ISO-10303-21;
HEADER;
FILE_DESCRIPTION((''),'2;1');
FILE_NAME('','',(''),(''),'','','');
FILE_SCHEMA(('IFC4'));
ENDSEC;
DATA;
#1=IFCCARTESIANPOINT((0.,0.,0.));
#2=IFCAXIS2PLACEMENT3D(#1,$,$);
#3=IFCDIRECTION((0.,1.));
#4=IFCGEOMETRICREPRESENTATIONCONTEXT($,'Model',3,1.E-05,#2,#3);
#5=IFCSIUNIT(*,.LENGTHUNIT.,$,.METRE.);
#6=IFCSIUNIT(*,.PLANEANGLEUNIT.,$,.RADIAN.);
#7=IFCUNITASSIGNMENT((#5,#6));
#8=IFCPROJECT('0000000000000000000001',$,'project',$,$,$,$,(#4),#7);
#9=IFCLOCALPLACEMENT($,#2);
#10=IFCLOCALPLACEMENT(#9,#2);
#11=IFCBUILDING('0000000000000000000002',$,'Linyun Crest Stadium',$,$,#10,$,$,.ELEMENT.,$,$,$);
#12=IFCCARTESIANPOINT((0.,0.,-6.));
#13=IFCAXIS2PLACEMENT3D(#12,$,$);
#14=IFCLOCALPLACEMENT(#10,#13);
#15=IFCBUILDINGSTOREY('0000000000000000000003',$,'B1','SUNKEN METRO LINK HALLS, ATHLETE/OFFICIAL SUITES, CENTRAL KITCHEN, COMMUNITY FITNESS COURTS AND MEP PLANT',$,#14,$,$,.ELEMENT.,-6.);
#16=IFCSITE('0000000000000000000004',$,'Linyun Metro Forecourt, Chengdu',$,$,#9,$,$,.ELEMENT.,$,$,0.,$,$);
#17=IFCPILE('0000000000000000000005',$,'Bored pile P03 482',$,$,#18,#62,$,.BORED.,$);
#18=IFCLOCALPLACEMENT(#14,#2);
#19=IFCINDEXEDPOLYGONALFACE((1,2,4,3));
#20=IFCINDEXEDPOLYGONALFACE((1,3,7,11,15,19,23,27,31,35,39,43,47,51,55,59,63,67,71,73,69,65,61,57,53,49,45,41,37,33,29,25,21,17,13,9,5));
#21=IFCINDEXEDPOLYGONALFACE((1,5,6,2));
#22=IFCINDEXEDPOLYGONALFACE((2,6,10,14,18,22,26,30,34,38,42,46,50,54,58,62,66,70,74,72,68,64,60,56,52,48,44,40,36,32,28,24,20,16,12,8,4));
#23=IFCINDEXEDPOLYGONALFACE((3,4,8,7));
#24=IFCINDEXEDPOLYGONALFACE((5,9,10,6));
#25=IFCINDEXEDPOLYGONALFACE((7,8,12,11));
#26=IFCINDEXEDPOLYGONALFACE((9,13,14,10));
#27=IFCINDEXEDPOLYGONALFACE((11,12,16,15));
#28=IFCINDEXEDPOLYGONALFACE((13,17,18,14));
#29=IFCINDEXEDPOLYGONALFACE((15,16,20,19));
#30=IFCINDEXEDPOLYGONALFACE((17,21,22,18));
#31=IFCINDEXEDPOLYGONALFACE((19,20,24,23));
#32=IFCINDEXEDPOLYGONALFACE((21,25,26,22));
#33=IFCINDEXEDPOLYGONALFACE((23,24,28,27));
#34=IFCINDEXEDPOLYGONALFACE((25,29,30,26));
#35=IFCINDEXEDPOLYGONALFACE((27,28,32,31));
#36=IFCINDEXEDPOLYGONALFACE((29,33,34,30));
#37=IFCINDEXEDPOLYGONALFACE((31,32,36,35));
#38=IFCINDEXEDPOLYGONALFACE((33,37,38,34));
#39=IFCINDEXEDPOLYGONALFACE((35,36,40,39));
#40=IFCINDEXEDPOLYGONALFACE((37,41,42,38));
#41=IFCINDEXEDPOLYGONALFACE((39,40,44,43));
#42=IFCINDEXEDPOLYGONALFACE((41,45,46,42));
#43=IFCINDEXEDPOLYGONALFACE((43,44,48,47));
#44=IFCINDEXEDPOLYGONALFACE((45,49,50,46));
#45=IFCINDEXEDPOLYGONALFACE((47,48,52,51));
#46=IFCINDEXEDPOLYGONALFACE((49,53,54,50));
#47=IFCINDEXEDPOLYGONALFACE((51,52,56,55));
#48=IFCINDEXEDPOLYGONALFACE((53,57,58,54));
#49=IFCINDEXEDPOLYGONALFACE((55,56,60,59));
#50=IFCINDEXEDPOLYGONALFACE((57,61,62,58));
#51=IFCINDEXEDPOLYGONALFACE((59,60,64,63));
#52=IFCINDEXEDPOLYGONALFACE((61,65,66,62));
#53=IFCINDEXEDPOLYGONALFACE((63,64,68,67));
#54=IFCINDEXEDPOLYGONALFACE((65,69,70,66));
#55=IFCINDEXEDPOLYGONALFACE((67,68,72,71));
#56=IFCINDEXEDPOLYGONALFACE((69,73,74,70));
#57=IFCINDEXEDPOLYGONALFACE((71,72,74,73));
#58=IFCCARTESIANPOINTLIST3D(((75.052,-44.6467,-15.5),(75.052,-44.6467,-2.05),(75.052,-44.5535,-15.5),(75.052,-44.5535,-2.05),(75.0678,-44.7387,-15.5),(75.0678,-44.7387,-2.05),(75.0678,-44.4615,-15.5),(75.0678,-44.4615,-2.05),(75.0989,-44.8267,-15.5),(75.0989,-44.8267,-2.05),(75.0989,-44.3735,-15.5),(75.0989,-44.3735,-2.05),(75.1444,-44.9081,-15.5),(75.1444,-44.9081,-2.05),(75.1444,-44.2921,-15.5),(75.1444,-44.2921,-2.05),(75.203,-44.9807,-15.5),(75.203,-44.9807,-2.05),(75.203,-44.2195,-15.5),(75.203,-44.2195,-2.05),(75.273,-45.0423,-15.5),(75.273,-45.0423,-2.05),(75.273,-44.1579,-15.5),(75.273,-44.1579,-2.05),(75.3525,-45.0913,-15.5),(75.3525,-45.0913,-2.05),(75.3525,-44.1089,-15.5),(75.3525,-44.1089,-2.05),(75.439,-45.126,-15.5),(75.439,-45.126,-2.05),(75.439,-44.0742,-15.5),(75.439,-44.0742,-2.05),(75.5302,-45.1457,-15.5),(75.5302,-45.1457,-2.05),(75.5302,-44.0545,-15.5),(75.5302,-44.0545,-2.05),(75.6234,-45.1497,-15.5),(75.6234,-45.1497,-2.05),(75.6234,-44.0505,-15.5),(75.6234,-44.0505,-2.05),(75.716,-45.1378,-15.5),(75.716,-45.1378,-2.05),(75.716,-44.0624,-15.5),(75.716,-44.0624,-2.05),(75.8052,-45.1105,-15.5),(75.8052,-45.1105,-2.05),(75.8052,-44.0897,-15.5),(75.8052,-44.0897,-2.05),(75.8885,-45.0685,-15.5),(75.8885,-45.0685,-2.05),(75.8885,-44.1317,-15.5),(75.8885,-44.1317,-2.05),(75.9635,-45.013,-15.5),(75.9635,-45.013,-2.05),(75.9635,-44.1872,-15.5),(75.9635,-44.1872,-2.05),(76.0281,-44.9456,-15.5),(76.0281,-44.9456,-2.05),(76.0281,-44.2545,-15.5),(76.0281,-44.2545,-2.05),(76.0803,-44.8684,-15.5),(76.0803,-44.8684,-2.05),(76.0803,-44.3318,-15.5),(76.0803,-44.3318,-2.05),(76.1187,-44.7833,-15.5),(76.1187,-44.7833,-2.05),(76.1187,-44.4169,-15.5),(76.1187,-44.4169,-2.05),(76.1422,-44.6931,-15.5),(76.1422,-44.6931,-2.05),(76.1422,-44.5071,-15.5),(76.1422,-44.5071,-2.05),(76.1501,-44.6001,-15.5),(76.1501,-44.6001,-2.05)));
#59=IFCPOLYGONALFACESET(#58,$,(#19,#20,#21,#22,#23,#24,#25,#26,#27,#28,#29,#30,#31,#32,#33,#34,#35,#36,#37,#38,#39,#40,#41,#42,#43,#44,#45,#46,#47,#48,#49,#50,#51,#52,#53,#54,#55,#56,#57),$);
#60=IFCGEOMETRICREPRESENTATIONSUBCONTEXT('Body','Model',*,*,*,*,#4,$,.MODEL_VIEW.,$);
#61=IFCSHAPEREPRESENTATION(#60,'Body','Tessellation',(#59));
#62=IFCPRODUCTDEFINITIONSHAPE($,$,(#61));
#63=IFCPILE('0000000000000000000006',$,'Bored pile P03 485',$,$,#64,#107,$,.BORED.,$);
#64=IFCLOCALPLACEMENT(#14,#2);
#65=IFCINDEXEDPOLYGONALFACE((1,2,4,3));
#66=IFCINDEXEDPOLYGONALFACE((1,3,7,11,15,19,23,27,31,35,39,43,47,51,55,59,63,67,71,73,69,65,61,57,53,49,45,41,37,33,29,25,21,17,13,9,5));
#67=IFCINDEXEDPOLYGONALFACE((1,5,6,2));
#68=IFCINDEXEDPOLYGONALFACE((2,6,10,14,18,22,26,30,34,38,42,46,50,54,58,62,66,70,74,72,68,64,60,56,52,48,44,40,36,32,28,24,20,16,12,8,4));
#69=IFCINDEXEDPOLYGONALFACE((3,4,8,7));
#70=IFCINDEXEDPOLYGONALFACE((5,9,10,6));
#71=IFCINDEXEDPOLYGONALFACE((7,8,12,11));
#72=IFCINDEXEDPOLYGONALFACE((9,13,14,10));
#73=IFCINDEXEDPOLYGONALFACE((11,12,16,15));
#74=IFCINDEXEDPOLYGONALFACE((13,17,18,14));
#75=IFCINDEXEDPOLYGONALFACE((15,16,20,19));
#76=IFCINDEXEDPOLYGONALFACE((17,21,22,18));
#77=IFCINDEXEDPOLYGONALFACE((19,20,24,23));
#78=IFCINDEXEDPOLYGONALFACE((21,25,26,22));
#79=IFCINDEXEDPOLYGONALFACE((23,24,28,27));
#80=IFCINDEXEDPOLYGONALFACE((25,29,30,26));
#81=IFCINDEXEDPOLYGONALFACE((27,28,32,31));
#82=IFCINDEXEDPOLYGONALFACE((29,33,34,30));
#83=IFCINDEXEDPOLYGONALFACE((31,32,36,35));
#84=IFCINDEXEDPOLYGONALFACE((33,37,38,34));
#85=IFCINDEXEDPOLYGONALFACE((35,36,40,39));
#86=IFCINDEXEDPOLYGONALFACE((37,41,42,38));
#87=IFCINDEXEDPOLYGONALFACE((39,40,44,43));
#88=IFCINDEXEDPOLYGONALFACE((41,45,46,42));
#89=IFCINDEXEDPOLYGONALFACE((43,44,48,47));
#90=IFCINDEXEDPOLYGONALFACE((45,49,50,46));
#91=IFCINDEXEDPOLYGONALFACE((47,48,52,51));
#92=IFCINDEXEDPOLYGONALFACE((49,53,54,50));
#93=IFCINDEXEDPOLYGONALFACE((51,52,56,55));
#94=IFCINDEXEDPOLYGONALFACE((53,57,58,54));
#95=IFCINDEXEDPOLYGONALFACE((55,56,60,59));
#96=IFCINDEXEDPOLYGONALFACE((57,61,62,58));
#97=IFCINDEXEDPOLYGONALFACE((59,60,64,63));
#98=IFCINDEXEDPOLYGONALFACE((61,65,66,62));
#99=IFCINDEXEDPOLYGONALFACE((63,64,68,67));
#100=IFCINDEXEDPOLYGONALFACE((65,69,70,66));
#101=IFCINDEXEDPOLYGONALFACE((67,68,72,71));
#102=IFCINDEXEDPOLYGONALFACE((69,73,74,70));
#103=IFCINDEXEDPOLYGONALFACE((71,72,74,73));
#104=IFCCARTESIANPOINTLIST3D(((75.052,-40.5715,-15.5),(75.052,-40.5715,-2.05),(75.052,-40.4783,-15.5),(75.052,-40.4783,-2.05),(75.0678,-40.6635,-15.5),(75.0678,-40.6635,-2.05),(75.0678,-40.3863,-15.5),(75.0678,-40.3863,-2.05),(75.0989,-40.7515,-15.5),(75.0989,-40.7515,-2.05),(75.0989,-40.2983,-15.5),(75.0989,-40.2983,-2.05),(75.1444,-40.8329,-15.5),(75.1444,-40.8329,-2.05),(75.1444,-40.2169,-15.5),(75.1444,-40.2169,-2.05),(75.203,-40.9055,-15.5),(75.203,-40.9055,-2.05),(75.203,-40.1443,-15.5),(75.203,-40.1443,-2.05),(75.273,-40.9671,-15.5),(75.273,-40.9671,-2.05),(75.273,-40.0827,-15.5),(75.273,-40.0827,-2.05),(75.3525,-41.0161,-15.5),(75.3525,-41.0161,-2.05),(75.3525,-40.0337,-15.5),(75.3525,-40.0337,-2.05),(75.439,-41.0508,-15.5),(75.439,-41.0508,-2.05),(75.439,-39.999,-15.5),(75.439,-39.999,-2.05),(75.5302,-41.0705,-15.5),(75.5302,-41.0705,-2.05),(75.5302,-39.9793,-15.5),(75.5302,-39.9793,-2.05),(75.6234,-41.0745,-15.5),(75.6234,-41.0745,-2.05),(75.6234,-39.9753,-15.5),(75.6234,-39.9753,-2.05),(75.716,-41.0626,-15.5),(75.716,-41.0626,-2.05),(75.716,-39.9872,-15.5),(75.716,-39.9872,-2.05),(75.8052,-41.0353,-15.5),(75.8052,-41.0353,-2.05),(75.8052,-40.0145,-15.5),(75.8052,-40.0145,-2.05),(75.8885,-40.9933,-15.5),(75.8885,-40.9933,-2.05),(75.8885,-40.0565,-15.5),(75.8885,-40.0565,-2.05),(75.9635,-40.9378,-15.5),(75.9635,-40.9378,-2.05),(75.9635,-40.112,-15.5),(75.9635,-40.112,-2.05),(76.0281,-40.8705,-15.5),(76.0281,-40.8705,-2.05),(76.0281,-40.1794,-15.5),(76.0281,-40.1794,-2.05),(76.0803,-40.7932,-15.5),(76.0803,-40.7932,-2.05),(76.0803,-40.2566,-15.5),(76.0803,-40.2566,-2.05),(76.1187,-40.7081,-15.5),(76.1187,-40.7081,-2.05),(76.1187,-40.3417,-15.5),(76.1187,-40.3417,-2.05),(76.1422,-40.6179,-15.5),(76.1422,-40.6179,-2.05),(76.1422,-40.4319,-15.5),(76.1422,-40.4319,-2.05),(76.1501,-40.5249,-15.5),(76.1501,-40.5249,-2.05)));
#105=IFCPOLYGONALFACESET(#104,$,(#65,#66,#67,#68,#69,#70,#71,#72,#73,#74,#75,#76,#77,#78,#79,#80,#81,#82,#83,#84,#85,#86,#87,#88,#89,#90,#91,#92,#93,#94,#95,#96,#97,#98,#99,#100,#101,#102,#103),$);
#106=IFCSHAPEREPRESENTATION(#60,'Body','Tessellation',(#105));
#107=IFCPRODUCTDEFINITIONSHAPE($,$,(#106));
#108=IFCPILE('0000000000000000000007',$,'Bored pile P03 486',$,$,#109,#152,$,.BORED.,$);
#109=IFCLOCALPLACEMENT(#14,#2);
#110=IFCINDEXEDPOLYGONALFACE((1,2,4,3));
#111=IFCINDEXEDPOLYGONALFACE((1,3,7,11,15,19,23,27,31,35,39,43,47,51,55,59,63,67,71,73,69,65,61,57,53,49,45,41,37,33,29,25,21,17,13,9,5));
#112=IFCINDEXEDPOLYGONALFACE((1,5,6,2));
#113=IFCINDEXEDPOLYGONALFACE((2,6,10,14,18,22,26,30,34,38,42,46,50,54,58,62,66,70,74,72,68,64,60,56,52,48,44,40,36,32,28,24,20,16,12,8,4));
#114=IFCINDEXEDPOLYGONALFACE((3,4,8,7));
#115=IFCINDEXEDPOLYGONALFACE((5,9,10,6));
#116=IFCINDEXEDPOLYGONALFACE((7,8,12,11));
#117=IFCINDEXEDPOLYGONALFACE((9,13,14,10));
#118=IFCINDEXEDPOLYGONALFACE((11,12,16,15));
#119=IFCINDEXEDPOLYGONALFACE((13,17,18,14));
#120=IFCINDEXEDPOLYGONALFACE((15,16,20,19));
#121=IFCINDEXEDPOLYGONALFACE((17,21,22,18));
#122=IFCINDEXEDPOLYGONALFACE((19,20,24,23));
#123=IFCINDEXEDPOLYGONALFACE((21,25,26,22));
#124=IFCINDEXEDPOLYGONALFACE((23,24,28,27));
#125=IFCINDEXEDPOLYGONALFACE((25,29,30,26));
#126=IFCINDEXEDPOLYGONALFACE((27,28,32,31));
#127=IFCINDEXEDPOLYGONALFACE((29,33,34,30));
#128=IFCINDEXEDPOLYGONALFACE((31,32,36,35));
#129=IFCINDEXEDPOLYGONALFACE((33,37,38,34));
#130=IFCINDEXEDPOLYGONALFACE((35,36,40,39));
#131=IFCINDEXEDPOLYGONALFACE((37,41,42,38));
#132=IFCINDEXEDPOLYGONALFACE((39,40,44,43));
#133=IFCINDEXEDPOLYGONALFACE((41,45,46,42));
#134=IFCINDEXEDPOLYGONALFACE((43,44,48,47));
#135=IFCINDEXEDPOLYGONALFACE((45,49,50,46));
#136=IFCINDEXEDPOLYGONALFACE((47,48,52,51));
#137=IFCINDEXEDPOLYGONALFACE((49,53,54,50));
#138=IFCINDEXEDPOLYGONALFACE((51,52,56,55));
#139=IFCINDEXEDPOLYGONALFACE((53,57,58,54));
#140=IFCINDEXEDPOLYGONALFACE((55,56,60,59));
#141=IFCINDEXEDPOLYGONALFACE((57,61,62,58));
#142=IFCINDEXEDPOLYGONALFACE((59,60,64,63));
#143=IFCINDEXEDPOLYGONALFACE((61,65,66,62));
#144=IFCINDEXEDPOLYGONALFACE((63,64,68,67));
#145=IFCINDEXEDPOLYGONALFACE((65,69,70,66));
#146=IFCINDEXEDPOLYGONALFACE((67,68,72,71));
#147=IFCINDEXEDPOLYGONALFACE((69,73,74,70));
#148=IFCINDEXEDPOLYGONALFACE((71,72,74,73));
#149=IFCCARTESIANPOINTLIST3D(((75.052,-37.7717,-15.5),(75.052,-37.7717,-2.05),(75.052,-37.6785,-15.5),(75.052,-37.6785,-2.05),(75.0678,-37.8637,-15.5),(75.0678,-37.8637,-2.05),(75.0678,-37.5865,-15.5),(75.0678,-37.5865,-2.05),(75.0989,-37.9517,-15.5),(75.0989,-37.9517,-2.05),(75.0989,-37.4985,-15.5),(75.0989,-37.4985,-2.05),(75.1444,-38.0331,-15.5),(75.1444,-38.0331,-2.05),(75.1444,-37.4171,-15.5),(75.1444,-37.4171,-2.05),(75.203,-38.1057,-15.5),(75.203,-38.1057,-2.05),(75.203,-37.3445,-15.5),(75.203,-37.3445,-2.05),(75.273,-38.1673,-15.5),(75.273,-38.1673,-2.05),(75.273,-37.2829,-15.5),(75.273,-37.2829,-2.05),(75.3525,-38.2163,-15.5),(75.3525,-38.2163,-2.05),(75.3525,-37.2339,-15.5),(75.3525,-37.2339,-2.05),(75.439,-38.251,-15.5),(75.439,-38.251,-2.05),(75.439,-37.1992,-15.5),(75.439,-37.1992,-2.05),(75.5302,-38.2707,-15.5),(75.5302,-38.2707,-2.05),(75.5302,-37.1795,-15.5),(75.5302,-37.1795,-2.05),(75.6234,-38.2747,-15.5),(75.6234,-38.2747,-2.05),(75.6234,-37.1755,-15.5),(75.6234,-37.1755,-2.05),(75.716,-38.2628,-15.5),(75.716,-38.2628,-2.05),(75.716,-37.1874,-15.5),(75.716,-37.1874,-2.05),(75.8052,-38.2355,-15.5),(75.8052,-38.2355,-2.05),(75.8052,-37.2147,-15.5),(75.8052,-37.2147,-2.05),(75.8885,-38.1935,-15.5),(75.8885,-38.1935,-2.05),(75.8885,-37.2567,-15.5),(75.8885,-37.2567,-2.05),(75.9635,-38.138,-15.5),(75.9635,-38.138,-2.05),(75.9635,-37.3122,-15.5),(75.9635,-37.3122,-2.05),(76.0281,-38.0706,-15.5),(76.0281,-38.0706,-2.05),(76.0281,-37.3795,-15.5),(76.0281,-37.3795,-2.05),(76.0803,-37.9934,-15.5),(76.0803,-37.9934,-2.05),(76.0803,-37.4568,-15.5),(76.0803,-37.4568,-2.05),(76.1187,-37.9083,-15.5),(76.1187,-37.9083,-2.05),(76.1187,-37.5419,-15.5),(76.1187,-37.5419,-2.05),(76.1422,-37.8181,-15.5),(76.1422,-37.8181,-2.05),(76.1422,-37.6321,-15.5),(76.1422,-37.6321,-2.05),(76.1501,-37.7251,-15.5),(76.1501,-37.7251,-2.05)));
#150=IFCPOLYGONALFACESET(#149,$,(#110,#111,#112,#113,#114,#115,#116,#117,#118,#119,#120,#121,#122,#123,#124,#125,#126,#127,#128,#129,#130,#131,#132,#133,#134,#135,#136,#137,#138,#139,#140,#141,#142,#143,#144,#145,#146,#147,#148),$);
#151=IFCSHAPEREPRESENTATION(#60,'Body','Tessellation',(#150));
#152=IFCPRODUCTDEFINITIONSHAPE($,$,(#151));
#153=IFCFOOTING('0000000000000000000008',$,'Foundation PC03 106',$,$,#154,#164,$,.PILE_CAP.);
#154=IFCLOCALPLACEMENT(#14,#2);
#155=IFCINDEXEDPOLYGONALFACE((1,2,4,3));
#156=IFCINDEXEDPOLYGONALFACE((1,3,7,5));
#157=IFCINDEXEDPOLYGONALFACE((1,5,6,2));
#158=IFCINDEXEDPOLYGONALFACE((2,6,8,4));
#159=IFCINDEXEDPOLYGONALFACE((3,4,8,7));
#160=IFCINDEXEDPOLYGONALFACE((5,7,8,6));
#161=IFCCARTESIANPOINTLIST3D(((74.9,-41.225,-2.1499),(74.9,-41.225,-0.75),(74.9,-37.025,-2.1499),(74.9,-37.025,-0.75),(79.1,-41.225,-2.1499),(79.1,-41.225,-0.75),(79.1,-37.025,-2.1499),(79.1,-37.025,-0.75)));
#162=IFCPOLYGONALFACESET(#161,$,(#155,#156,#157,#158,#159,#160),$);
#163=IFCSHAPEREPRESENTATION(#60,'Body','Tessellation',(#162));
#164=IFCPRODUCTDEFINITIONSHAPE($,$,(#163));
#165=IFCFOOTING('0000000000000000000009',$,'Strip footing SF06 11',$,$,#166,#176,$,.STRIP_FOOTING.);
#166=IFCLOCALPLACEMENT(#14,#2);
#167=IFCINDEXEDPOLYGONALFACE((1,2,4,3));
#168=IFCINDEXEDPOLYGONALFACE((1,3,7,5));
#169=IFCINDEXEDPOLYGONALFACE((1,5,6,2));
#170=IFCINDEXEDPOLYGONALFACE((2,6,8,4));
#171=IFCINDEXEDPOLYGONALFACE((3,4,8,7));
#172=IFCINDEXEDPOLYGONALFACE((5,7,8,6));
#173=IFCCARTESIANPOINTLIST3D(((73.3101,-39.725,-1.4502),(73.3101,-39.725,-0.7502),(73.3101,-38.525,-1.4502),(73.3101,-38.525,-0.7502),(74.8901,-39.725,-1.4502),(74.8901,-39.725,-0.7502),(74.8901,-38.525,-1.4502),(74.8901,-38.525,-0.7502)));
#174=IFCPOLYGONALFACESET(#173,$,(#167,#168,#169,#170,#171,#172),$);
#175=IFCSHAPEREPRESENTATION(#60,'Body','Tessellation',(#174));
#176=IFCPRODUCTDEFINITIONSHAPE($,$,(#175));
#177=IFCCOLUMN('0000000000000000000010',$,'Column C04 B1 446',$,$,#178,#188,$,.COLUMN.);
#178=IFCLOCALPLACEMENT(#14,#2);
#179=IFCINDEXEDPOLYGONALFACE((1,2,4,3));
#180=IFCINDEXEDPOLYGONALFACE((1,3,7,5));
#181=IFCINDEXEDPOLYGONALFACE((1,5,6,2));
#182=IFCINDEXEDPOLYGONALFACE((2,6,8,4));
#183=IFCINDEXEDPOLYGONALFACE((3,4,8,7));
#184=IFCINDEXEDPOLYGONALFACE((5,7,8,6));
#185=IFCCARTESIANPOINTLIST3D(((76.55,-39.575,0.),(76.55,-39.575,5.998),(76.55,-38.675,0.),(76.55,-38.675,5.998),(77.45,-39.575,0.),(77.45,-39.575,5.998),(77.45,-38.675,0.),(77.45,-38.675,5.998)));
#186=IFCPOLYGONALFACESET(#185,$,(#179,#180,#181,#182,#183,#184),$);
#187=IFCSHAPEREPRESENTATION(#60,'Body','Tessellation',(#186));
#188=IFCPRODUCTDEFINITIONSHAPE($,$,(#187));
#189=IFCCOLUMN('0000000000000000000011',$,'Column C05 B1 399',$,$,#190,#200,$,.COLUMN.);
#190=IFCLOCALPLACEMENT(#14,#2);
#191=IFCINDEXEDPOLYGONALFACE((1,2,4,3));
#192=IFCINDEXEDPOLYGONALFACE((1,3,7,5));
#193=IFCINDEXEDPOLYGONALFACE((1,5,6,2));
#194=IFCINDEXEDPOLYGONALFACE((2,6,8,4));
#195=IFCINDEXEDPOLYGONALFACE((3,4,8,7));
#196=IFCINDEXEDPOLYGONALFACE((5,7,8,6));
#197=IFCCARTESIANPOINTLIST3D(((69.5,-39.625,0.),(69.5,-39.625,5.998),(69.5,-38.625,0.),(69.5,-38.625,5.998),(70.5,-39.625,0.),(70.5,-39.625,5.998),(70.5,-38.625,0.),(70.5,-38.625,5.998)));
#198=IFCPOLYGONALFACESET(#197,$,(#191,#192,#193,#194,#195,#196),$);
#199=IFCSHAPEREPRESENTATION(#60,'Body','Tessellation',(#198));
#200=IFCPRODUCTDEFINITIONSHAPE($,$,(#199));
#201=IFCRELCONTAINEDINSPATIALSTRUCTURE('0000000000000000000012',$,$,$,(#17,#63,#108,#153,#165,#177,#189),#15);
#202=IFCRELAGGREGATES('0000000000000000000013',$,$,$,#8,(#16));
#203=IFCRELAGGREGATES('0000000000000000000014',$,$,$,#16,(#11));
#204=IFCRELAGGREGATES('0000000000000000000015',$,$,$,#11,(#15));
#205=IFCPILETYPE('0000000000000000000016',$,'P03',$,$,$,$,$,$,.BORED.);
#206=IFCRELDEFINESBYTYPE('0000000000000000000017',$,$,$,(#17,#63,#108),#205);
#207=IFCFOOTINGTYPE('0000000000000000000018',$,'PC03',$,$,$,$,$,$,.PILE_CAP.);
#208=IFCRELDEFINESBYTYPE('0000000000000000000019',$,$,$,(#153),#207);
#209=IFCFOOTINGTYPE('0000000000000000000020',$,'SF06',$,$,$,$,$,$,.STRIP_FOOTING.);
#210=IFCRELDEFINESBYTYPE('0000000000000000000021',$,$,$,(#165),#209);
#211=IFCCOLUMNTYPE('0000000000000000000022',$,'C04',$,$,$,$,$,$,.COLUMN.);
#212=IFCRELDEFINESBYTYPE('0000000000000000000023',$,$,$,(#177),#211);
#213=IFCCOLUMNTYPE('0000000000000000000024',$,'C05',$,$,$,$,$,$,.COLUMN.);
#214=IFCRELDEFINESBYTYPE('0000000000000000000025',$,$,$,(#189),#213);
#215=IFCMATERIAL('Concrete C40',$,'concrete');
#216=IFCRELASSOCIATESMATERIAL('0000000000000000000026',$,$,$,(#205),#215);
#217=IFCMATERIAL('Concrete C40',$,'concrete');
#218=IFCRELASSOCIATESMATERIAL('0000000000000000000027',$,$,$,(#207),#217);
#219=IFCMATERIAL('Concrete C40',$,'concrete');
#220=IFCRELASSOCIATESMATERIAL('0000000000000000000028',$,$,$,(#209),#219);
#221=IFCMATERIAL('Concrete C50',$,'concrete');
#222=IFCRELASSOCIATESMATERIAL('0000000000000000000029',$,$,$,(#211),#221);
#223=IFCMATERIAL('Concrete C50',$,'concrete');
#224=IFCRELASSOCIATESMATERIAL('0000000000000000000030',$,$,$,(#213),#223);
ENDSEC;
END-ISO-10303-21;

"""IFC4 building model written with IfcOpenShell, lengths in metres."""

from ifc_helpers import new_model, si_unit, direction, frame, origin, origin_2d, place, context, subcontext, project, spatial, rectangle, circle, extrude, material, material_profile, profile_set, type_object, element, save


model = new_model("IFC4")

# Units and contexts
model_context = context("Model", 3, precision=1e-05, world=origin(), true_north=direction((0.0, 1.0)))
body_context = subcontext(model_context, "Body", "Model", "MODEL_VIEW")
ifc_project = project(units=[si_unit("LENGTHUNIT", "METRE"), si_unit("PLANEANGLEUNIT", "RADIAN")], contexts=[model_context])

# Site, building, storey
site_placement = place(None, origin())
site = spatial("IfcSite", under=ifc_project, at=site_placement, Name="Linyun Metro Forecourt, Chengdu", CompositionType="ELEMENT", RefElevation=0.0)
building_placement = place(site_placement, origin())
building = spatial("IfcBuilding", under=site, at=building_placement, Name="Linyun Crest Stadium", CompositionType="ELEMENT")
storey_placement = place(building_placement, frame((0.0, 0.0, -6.0)))
storey = spatial("IfcBuildingStorey", under=building, at=storey_placement, Name="B1", Description="SUNKEN METRO LINK HALLS, ATHLETE/OFFICIAL SUITES, CENTRAL KITCHEN, COMMUNITY FITNESS COURTS AND MEP PLANT", CompositionType="ELEMENT", Elevation=-6.0)

# Piles
ifc_material_1 = material(Name="Concrete C40", Category="concrete")
ifc_material_profile_1 = material_profile(ifc_material_1, circle(Radius=0.55, at=origin_2d()), Name="BORED PILE 1100")
ifc_profile_set_1 = profile_set([ifc_material_profile_1], Name="Concrete C40")
pile_type = type_object("IfcPileType", Name="P03", PredefinedType="BORED", material=ifc_profile_set_1)
for number, where, z_axis, x_axis, name in (
    (1, (75.6001, -44.6001, -2.05), (0.0, 0.0, -1.0), (1.0, 0.0, 0.0), "Bored pile P03 482"),
    (2, (75.6001, -40.5249, -2.05), (0.0, 0.0, -1.0), (1.0, 0.0, 0.0), "Bored pile P03 485"),
    (3, (75.6001, -37.7251, -2.05), (0.0, 0.0, -1.0), (1.0, 0.0, 0.0), "Bored pile P03 486"),
):
    element("IfcPile", number, at=place(storey_placement, frame(where, z_axis=z_axis, x_axis=x_axis)), inside=storey, type_object=pile_type, Name=name, PredefinedType="BORED", context=body_context, shape_type="SweptSolid", body=[
        extrude(circle(Radius=0.55, at=origin_2d()), origin(), (0.0, 0.0, 1.0), 13.45),
    ])

# Footings
ifc_material_2 = material(Name="Concrete C40", Category="concrete")
footing_type_1 = type_object("IfcFootingType", Name="PC03", PredefinedType="PILE_CAP", material=ifc_material_2)
footing_1_placement = place(storey_placement, frame((77.0, -39.125, -2.1499), z_axis=(0.0, 0.0, 1.0), x_axis=(1.0, 0.0, 0.0)))
element("IfcFooting", 4, at=footing_1_placement, inside=storey, type_object=footing_type_1, Name="Foundation PC03 106", PredefinedType="PILE_CAP", context=body_context, shape_type="SweptSolid", body=[
    extrude(rectangle(XDim=4.2, YDim=4.2, at=origin_2d()), origin(), (0.0, 0.0, 1.0), 1.3999),
])
ifc_material_3 = material(Name="Concrete C40", Category="concrete")
footing_type_2 = type_object("IfcFootingType", Name="SF06", PredefinedType="STRIP_FOOTING", material=ifc_material_3)
footing_2_placement = place(storey_placement, frame((74.1001, -39.125, -1.4502), z_axis=(0.0, 0.0, 1.0), x_axis=(1.0, 0.0, 0.0)))
element("IfcFooting", 5, at=footing_2_placement, inside=storey, type_object=footing_type_2, Name="Strip footing SF06 11", PredefinedType="STRIP_FOOTING", context=body_context, shape_type="SweptSolid", body=[
    extrude(rectangle(XDim=1.5801, YDim=1.2, at=origin_2d()), origin(), (0.0, 0.0, 1.0), 0.7),
])

# Columns
ifc_material_4 = material(Name="Concrete C50", Category="concrete")
ifc_material_profile_2 = material_profile(ifc_material_4, rectangle(XDim=0.8999, YDim=0.8999, at=origin_2d()), Name="RC 900x900")
ifc_profile_set_2 = profile_set([ifc_material_profile_2], Name="Concrete C50")
column_type_1 = type_object("IfcColumnType", Name="C04", PredefinedType="COLUMN", material=ifc_profile_set_2)
column_1_placement = place(storey_placement, frame((77.0, -39.125, 0.0), z_axis=(0.0, 0.0, 1.0), x_axis=(1.0, 0.0, 0.0)))
element("IfcColumn", 6, at=column_1_placement, inside=storey, type_object=column_type_1, Name="Column C04 B1 446", PredefinedType="COLUMN", context=body_context, shape_type="SweptSolid", body=[
    extrude(rectangle(XDim=0.8999, YDim=0.8999, at=origin_2d()), origin(), (0.0, 0.0, 1.0), 5.998),
])
ifc_material_5 = material(Name="Concrete C50", Category="concrete")
ifc_material_profile_3 = material_profile(ifc_material_5, rectangle(XDim=1.0, YDim=1.0, at=origin_2d()), Name="RC 1000x1000")
ifc_profile_set_3 = profile_set([ifc_material_profile_3], Name="Concrete C50")
column_type_2 = type_object("IfcColumnType", Name="C05", PredefinedType="COLUMN", material=ifc_profile_set_3)
column_2_placement = place(storey_placement, frame((70.0, -39.125, 0.0), z_axis=(0.0, 0.0, 1.0), x_axis=(1.0, 0.0, 0.0)))
element("IfcColumn", 7, at=column_2_placement, inside=storey, type_object=column_type_2, Name="Column C05 B1 399", PredefinedType="COLUMN", context=body_context, shape_type="SweptSolid", body=[
    extrude(rectangle(XDim=1.0, YDim=1.0, at=origin_2d()), origin(), (0.0, 0.0, 1.0), 5.998),
])

save(model, "model.ifc")
